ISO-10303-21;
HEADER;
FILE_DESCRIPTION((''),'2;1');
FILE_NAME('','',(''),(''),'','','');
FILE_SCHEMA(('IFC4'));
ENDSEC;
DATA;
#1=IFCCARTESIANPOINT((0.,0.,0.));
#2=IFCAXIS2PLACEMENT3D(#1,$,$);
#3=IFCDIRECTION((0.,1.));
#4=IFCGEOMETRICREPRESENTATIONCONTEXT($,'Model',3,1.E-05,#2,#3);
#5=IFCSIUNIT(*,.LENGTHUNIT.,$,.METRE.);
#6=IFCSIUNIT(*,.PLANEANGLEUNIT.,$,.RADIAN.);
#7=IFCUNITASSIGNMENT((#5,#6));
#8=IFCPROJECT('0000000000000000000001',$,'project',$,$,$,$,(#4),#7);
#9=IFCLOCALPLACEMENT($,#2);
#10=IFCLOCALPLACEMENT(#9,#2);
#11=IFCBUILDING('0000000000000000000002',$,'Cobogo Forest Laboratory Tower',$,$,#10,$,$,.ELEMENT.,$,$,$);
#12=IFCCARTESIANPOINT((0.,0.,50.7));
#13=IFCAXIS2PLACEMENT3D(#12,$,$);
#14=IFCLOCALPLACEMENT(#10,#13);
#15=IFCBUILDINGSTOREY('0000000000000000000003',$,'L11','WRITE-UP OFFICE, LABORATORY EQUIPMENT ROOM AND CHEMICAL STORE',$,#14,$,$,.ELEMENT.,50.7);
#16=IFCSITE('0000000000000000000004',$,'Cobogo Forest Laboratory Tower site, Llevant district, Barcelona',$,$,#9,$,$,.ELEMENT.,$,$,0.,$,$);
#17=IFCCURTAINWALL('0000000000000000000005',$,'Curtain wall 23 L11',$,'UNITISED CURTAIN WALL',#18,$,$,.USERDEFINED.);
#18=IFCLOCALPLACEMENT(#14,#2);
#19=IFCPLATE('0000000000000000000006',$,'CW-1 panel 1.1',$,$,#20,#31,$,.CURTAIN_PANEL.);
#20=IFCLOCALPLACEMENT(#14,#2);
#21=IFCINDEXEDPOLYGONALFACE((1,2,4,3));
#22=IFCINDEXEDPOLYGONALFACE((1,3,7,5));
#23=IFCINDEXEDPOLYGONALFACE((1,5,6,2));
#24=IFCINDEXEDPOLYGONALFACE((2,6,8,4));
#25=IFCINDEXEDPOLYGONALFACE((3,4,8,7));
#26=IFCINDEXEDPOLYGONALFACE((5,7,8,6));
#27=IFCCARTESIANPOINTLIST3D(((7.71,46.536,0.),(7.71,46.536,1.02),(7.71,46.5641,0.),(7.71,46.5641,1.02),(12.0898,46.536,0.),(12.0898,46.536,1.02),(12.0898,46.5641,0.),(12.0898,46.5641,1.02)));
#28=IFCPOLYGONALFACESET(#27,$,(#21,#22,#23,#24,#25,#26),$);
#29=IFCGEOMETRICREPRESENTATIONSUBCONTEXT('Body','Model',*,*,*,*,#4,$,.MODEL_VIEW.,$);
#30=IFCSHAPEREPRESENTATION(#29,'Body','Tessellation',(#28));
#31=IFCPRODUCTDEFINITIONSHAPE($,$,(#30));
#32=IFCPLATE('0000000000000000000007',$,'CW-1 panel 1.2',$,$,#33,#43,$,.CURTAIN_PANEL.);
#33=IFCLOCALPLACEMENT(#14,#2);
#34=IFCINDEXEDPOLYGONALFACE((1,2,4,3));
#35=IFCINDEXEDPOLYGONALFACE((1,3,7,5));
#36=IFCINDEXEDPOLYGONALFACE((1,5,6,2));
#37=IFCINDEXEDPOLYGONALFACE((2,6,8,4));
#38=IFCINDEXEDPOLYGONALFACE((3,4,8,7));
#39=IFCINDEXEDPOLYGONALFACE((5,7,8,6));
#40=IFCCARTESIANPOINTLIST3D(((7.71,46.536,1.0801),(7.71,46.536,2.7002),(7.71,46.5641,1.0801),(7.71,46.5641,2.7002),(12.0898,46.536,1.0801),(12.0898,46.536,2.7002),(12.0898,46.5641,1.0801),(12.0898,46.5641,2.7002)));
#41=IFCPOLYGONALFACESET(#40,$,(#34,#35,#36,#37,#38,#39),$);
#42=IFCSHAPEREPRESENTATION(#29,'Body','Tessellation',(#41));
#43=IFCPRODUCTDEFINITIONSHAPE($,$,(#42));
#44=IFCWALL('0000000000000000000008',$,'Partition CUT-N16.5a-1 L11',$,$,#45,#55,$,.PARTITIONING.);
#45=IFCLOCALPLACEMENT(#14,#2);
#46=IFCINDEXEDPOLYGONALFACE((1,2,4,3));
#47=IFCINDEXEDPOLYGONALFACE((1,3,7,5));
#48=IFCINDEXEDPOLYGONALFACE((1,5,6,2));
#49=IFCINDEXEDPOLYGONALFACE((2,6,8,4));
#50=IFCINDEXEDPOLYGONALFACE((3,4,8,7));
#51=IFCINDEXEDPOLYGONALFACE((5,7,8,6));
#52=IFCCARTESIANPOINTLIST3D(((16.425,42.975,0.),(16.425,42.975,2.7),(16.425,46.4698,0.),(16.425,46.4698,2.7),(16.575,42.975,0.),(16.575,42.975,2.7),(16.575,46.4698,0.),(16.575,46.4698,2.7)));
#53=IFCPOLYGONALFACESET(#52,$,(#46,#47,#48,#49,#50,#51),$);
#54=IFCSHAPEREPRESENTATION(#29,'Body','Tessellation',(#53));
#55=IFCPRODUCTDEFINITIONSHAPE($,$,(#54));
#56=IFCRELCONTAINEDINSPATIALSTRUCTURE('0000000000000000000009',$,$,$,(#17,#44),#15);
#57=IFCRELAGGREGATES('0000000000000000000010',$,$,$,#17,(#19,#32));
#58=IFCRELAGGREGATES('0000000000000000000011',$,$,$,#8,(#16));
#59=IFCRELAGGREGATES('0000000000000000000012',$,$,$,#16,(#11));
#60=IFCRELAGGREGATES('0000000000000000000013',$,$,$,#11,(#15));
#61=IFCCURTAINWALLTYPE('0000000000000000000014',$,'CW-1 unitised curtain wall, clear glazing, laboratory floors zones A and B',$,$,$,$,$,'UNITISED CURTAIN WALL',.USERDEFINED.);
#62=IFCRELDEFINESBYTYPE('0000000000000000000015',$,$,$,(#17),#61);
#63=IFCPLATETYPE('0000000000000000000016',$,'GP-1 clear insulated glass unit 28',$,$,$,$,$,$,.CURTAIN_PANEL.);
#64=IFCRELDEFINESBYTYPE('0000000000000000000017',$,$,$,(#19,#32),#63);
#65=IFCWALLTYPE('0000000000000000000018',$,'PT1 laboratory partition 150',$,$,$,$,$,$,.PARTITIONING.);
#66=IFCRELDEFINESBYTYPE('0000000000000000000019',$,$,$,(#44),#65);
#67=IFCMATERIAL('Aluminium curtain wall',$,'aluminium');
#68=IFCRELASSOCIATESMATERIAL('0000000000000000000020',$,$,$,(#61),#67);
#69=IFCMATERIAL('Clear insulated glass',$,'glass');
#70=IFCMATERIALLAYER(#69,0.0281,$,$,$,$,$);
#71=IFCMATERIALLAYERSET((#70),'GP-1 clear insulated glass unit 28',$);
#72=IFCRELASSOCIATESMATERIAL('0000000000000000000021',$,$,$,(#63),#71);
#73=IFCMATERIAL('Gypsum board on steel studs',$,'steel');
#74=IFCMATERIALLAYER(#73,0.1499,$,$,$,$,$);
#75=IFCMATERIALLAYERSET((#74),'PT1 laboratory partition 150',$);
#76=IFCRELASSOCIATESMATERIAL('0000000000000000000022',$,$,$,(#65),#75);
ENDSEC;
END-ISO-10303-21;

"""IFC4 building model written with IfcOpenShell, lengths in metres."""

from ifc_helpers import new_model, si_unit, direction, frame, frame_2d, origin, origin_2d, place, context, subcontext, project, spatial, rectangle, extrude, material, layer, layer_set, type_object, element, aggregate, save


model = new_model("IFC4")

# Units and contexts
model_context = context("Model", 3, precision=1e-05, world=origin(), true_north=direction((0.0, 1.0)))
body_context = subcontext(model_context, "Body", "Model", "MODEL_VIEW")
ifc_project = project(units=[si_unit("LENGTHUNIT", "METRE"), si_unit("PLANEANGLEUNIT", "RADIAN")], contexts=[model_context])

# Site, building, storey
site_placement = place(None, origin())
site = spatial("IfcSite", under=ifc_project, at=site_placement, Name="Cobogo Forest Laboratory Tower site, Llevant district, Barcelona", CompositionType="ELEMENT", RefElevation=0.0)
building_placement = place(site_placement, origin())
building = spatial("IfcBuilding", under=site, at=building_placement, Name="Cobogo Forest Laboratory Tower", CompositionType="ELEMENT")
storey_placement = place(building_placement, frame((0.0, 0.0, 50.7)))
storey = spatial("IfcBuildingStorey", under=building, at=storey_placement, Name="L11", Description="WRITE-UP OFFICE, LABORATORY EQUIPMENT ROOM AND CHEMICAL STORE", CompositionType="ELEMENT", Elevation=50.7)

# Curtain wall
ifc_material_1 = material(Name="Aluminium curtain wall", Category="aluminium")
curtain_wall_type = type_object("IfcCurtainWallType", Name="CW-1 unitised curtain wall, clear glazing, laboratory floors zones A and B", ElementType="UNITISED CURTAIN WALL", PredefinedType="USERDEFINED", material=ifc_material_1)
curtain_wall_1_placement = place(storey_placement, origin())
curtain_wall_1 = element("IfcCurtainWall", 1, at=curtain_wall_1_placement, inside=storey, type_object=curtain_wall_type, Name="Curtain wall 23 L11", ObjectType="UNITISED CURTAIN WALL", PredefinedType="USERDEFINED")

# Plates
ifc_material_2 = material(Name="Clear insulated glass", Category="glass")
ifc_layer_1 = layer(ifc_material_2, 0.0281)
ifc_layer_set_1 = layer_set([ifc_layer_1], Name="GP-1 clear insulated glass unit 28")
plate_type_1 = type_object("IfcPlateType", Name="GP-1 clear insulated glass unit 28", PredefinedType="CURTAIN_PANEL", material=ifc_layer_set_1)
plate_1_placement = place(storey_placement, frame((9.8999, 46.55, 0.0), z_axis=(0.0, 0.0, 1.0), x_axis=(-1.0, 0.0, 0.0)))
plate_1 = element("IfcPlate", 2, at=plate_1_placement, type_object=plate_type_1, Name="CW-1 panel 1.1", PredefinedType="CURTAIN_PANEL", context=body_context, shape_type="SweptSolid", body=[
    extrude(rectangle(XDim=4.3799, YDim=0.0281, at=origin_2d()), origin(), (0.0, 0.0, 1.0), 1.02),
])
plate_2_placement = place(storey_placement, frame((9.8999, 46.55, 1.0801), z_axis=(0.0, 0.0, 1.0), x_axis=(-1.0, 0.0, 0.0)))
plate_2 = element("IfcPlate", 3, at=plate_2_placement, type_object=plate_type_1, Name="CW-1 panel 1.2", PredefinedType="CURTAIN_PANEL", context=body_context, shape_type="SweptSolid", body=[
    extrude(rectangle(XDim=4.3799, YDim=0.0281, at=origin_2d()), origin(), (0.0, 0.0, 1.0), 1.6201),
])
aggregate(curtain_wall_1, [plate_1, plate_2])

# Wall
ifc_material_3 = material(Name="Gypsum board on steel studs", Category="steel")
ifc_layer_2 = layer(ifc_material_3, 0.1499)
ifc_layer_set_2 = layer_set([ifc_layer_2], Name="PT1 laboratory partition 150")
wall_type = type_object("IfcWallType", Name="PT1 laboratory partition 150", PredefinedType="PARTITIONING", material=ifc_layer_set_2)
wall_placement = place(storey_placement, frame((16.5, 46.47, 0.0), z_axis=(0.0, 0.0, 1.0), x_axis=(0.0, -1.0, 0.0)))
element("IfcWall", 4, at=wall_placement, inside=storey, type_object=wall_type, Name="Partition CUT-N16.5a-1 L11", PredefinedType="PARTITIONING", context=body_context, shape_type="SweptSolid", body=[
    extrude(rectangle(XDim=3.4949, YDim=0.1499, at=frame_2d((1.7476, 0.0))), origin(), (0.0, 0.0, 1.0), 2.7),
])

save(model, "model.ifc")
